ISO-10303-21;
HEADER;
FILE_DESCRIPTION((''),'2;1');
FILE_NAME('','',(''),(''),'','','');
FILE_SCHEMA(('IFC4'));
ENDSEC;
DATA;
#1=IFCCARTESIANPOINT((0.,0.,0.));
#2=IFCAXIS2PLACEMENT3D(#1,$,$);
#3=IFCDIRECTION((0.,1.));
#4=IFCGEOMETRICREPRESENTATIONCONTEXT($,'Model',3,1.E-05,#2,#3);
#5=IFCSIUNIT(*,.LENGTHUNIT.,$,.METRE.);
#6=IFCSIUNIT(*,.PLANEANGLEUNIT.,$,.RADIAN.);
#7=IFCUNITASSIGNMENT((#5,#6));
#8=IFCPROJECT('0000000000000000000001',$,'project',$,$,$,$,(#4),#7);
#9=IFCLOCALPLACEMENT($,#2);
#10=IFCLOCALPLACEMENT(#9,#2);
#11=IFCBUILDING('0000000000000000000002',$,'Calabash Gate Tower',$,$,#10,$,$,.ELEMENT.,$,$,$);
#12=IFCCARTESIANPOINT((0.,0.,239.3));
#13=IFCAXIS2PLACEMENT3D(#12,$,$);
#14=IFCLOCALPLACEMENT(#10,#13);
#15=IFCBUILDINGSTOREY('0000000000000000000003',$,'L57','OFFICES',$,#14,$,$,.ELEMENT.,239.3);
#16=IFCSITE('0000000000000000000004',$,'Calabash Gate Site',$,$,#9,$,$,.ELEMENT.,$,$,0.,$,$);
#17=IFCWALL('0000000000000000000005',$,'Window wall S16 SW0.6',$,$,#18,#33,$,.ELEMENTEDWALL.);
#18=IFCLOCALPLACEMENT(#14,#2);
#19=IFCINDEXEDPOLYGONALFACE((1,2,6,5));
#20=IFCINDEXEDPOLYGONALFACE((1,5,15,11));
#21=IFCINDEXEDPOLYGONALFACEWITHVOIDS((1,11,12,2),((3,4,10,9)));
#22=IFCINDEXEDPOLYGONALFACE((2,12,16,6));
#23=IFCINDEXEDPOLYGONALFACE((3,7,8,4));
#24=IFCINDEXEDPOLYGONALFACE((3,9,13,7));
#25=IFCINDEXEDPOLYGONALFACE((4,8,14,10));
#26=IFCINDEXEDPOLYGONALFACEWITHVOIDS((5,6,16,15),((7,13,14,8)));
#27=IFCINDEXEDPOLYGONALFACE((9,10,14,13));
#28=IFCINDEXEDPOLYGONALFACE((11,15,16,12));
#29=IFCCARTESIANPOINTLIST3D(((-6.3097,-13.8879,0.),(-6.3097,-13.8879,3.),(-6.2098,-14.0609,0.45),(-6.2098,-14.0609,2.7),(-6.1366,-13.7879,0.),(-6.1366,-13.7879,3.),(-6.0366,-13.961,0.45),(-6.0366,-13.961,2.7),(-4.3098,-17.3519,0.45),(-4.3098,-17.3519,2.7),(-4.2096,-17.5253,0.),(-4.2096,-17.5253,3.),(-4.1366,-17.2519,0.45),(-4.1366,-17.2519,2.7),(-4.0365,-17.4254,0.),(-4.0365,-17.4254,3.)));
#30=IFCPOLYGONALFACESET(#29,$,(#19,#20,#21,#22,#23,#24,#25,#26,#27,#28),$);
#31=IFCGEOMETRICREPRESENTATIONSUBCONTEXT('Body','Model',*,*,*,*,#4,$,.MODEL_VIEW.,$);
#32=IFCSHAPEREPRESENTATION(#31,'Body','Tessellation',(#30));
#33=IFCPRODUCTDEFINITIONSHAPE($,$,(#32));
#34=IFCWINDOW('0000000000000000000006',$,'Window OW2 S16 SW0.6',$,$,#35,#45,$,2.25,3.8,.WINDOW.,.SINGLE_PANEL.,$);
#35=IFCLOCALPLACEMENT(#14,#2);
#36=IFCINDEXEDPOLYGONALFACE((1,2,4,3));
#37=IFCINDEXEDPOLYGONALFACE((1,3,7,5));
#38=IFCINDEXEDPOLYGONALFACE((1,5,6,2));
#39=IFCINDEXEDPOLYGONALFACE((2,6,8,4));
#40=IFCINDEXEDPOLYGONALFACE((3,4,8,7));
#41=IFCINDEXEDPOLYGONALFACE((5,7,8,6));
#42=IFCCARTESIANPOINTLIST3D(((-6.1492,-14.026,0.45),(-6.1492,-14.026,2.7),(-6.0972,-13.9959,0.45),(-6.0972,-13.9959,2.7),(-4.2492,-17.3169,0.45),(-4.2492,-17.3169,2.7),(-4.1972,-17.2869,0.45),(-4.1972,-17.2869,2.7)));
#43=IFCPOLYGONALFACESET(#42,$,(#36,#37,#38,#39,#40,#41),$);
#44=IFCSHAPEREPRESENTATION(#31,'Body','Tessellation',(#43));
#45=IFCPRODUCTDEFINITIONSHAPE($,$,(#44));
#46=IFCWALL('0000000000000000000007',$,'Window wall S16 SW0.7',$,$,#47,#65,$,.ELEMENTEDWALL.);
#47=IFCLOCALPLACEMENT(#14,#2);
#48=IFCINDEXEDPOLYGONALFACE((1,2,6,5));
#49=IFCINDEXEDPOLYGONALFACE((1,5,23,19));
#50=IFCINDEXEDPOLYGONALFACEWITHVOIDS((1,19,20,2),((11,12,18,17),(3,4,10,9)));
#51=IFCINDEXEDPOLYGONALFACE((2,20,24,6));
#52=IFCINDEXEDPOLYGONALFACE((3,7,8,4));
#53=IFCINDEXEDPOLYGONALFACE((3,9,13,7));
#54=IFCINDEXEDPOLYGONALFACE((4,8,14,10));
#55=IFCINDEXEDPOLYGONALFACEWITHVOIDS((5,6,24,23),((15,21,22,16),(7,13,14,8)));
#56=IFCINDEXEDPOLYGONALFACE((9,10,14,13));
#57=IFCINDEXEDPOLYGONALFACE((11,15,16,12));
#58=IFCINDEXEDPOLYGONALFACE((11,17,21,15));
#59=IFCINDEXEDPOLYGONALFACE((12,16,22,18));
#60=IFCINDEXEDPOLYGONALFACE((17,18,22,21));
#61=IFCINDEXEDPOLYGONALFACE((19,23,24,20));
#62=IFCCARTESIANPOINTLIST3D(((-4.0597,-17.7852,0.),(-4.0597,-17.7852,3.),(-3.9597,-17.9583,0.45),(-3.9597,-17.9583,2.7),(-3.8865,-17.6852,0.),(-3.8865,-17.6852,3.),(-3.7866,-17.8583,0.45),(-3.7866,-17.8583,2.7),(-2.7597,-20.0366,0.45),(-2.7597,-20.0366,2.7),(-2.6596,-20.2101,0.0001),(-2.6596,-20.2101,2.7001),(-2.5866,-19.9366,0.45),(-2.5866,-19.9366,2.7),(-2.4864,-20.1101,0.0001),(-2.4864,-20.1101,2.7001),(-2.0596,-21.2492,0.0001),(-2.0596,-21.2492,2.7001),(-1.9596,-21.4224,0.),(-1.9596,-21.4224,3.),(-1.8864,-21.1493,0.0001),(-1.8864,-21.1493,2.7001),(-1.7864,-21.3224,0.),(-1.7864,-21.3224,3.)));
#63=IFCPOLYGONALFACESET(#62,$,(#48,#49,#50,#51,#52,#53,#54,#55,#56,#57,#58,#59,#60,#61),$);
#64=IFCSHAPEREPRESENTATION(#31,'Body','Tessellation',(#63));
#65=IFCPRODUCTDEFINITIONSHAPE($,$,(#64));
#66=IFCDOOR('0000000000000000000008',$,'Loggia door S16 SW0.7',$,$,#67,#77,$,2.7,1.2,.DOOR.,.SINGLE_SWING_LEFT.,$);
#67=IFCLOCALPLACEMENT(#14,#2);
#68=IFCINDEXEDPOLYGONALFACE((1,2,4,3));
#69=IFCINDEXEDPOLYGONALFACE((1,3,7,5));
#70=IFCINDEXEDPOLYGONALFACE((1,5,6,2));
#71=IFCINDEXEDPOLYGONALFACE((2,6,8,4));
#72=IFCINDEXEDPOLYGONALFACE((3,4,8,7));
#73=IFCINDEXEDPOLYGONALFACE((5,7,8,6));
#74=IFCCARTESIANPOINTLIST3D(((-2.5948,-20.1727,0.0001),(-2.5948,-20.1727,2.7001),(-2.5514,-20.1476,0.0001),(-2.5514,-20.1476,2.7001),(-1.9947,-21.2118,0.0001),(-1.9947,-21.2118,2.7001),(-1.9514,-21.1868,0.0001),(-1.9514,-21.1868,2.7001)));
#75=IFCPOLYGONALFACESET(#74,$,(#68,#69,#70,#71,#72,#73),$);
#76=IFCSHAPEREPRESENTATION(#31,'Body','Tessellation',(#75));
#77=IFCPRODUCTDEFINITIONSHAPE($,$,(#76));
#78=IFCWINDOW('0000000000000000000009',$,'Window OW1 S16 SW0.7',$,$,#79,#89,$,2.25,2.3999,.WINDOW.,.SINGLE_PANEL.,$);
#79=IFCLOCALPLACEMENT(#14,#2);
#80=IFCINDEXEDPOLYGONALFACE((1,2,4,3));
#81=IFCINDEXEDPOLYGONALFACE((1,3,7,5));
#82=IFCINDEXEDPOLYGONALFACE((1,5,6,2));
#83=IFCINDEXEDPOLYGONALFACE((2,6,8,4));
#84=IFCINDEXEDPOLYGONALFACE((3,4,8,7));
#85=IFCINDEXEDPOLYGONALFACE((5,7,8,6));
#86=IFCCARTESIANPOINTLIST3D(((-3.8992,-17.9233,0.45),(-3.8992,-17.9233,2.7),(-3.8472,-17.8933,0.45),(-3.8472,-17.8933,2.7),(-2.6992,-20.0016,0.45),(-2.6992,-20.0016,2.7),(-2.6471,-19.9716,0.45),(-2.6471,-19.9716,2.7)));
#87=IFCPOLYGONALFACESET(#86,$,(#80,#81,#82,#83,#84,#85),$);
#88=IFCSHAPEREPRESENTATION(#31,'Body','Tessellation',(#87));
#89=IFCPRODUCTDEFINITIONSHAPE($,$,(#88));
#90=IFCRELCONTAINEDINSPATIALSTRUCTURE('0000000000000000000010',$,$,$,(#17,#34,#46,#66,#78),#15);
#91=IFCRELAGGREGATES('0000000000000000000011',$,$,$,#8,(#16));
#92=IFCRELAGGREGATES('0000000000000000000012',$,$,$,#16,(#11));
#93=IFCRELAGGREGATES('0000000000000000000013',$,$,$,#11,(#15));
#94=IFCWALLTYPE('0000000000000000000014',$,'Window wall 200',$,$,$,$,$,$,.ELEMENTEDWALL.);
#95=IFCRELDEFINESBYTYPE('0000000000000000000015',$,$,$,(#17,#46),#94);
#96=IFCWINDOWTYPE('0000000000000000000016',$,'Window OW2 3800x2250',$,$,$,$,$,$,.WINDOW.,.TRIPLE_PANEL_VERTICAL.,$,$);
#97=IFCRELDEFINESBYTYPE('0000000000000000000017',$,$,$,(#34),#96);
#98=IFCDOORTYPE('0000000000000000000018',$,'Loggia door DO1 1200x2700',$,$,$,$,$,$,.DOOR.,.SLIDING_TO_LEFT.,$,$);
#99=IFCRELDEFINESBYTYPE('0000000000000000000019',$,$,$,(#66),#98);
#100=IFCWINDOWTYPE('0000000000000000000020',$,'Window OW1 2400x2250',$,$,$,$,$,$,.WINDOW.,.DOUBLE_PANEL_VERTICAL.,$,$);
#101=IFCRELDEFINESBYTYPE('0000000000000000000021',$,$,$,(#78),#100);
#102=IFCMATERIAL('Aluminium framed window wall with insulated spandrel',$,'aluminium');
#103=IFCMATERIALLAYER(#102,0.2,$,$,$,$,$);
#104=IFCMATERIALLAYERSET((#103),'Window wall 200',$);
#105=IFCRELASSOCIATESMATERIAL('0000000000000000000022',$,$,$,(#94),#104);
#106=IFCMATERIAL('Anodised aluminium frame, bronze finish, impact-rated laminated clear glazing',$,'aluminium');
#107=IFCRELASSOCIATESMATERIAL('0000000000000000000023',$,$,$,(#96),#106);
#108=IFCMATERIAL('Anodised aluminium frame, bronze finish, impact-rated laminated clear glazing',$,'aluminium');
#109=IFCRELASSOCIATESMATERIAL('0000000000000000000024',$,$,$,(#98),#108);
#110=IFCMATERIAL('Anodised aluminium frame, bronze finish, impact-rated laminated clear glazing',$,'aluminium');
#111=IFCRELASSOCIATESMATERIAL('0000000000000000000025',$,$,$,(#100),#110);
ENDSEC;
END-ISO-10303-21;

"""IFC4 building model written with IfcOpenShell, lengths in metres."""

from ifc_helpers import new_model, si_unit, direction, frame, frame_2d, origin, place, context, subcontext, project, spatial, rectangle, extrude, material, layer, layer_set, type_object, element, fill, save


model = new_model("IFC4")

# Units and contexts
model_context = context("Model", 3, precision=1e-05, world=origin(), true_north=direction((0.0, 1.0)))
body_context = subcontext(model_context, "Body", "Model", "MODEL_VIEW")
ifc_project = project(units=[si_unit("LENGTHUNIT", "METRE"), si_unit("PLANEANGLEUNIT", "RADIAN")], contexts=[model_context])

# Site, building, storey
site_placement = place(None, origin())
site = spatial("IfcSite", under=ifc_project, at=site_placement, Name="Calabash Gate Site", CompositionType="ELEMENT", RefElevation=0.0)
building_placement = place(site_placement, origin())
building = spatial("IfcBuilding", under=site, at=building_placement, Name="Calabash Gate Tower", CompositionType="ELEMENT")
storey_placement = place(building_placement, frame((0.0, 0.0, 239.3)))
storey = spatial("IfcBuildingStorey", under=building, at=storey_placement, Name="L57", Description="OFFICES", CompositionType="ELEMENT", Elevation=239.3)

# Wall, opening, window
ifc_material_1 = material(Name="Aluminium framed window wall with insulated spandrel", Category="aluminium")
ifc_layer_1 = layer(ifc_material_1, 0.2)
ifc_layer_set_1 = layer_set([ifc_layer_1], Name="Window wall 200")
wall_type_1 = type_object("IfcWallType", Name="Window wall 200", PredefinedType="ELEMENTEDWALL", material=ifc_layer_set_1)
wall_1_placement = place(storey_placement, frame((-6.2231, -13.8379, 0.0), z_axis=(0.0, 0.0, 1.0), x_axis=(0.500003, -0.866024, 0.0)))
wall_1 = element("IfcWall", 1, at=wall_1_placement, inside=storey, type_object=wall_type_1, Name="Window wall S16 SW0.6", PredefinedType="ELEMENTEDWALL", context=body_context, shape_type="SweptSolid", body=[
    extrude(rectangle(XDim=4.2002, YDim=0.2, at=frame_2d((2.1001, 0.0))), origin(), (0.0, 0.0, 1.0), 3.0),
])
opening_1_placement = place(wall_1_placement, frame((0.2, 0.0, 0.45)))
opening_1 = element("IfcOpeningElement", 2, at=opening_1_placement, cuts=wall_1, PredefinedType="OPENING", context=body_context, shape_type="SweptSolid", body=[
    extrude(rectangle(XDim=3.8, YDim=2.25, at=frame_2d((1.8999, 1.125))), frame((0.0, 0.1099, 0.0), z_axis=(0.0, -1.0, 0.0), x_axis=(1.0, 0.0, 0.0)), (0.0, 0.0, 1.0), 0.22),
])
ifc_material_2 = material(Name="Anodised aluminium frame, bronze finish, impact-rated laminated clear glazing", Category="aluminium")
window_type_1 = type_object("IfcWindowType", Name="Window OW2 3800x2250", PartitioningType="TRIPLE_PANEL_VERTICAL", PredefinedType="WINDOW", material=ifc_material_2)
window_1_placement = place(opening_1_placement, origin())
window_1 = element("IfcWindow", 3, at=window_1_placement, inside=storey, type_object=window_type_1, Name="Window OW2 S16 SW0.6", OverallHeight=2.25, OverallWidth=3.8, PartitioningType="SINGLE_PANEL", PredefinedType="WINDOW", context=body_context, shape_type="SweptSolid", body=[
    extrude(rectangle(XDim=3.8, YDim=2.25, at=frame_2d((1.8999, 1.125))), frame((0.0, 0.03, 0.0), z_axis=(0.0, -1.0, 0.0), x_axis=(1.0, 0.0, 0.0)), (0.0, 0.0, 1.0), 0.0601),
])
fill(opening_1, window_1)

# Wall, openings, door, window
wall_2_placement = place(storey_placement, frame((-3.9731, -17.7351, 0.0), z_axis=(0.0, 0.0, 1.0), x_axis=(0.500028, -0.866009, 0.0)))
wall_2 = element("IfcWall", 4, at=wall_2_placement, inside=storey, type_object=wall_type_1, Name="Window wall S16 SW0.7", PredefinedType="ELEMENTEDWALL", context=body_context, shape_type="SweptSolid", body=[
    extrude(rectangle(XDim=4.2, YDim=0.2, at=frame_2d((2.1001, 0.0))), origin(), (0.0, 0.0, 1.0), 3.0),
])
opening_2_placement = place(wall_2_placement, frame((0.2, 0.0, 0.45)))
opening_2 = element("IfcOpeningElement", 5, at=opening_2_placement, cuts=wall_2, PredefinedType="OPENING", context=body_context, shape_type="SweptSolid", body=[
    extrude(rectangle(XDim=2.3999, YDim=2.25, at=frame_2d((1.2, 1.125))), frame((0.0, 0.1099, 0.0), z_axis=(0.0, -1.0, 0.0), x_axis=(1.0, 0.0, 0.0)), (0.0, 0.0, 1.0), 0.22),
])
opening_3_placement = place(wall_2_placement, frame((2.8, 0.0, 0.0)))
opening_3 = element("IfcOpeningElement", 6, at=opening_3_placement, cuts=wall_2, PredefinedType="OPENING", context=body_context, shape_type="SweptSolid", body=[
    extrude(rectangle(XDim=1.2, YDim=2.7, at=frame_2d((0.6001, 1.3501))), frame((0.0, 0.1099, 0.0), z_axis=(0.0, -1.0, 0.0), x_axis=(1.0, 0.0, 0.0)), (0.0, 0.0, 1.0), 0.22),
])
ifc_material_3 = material(Name="Anodised aluminium frame, bronze finish, impact-rated laminated clear glazing", Category="aluminium")
door_type = type_object("IfcDoorType", Name="Loggia door DO1 1200x2700", OperationType="SLIDING_TO_LEFT", PredefinedType="DOOR", material=ifc_material_3)
door_placement = place(opening_3_placement, origin())
door = element("IfcDoor", 7, at=door_placement, inside=storey, type_object=door_type, Name="Loggia door S16 SW0.7", OperationType="SINGLE_SWING_LEFT", OverallHeight=2.7, OverallWidth=1.2, PredefinedType="DOOR", context=body_context, shape_type="SweptSolid", body=[
    extrude(rectangle(XDim=1.2, YDim=2.7, at=frame_2d((0.6001, 1.3501))), frame((0.0, 0.0249, 0.0), z_axis=(0.0, -1.0, 0.0), x_axis=(1.0, 0.0, 0.0)), (0.0, 0.0, 1.0), 0.05),
])
fill(opening_3, door)
ifc_material_4 = material(Name="Anodised aluminium frame, bronze finish, impact-rated laminated clear glazing", Category="aluminium")
window_type_2 = type_object("IfcWindowType", Name="Window OW1 2400x2250", PartitioningType="DOUBLE_PANEL_VERTICAL", PredefinedType="WINDOW", material=ifc_material_4)
window_2_placement = place(opening_2_placement, origin())
window_2 = element("IfcWindow", 8, at=window_2_placement, inside=storey, type_object=window_type_2, Name="Window OW1 S16 SW0.7", OverallHeight=2.25, OverallWidth=2.3999, PartitioningType="SINGLE_PANEL", PredefinedType="WINDOW", context=body_context, shape_type="SweptSolid", body=[
    extrude(rectangle(XDim=2.3999, YDim=2.25, at=frame_2d((1.2, 1.125))), frame((0.0, 0.03, 0.0), z_axis=(0.0, -1.0, 0.0), x_axis=(1.0, 0.0, 0.0)), (0.0, 0.0, 1.0), 0.0601),
])
fill(opening_2, window_2)

save(model, "model.ifc")
